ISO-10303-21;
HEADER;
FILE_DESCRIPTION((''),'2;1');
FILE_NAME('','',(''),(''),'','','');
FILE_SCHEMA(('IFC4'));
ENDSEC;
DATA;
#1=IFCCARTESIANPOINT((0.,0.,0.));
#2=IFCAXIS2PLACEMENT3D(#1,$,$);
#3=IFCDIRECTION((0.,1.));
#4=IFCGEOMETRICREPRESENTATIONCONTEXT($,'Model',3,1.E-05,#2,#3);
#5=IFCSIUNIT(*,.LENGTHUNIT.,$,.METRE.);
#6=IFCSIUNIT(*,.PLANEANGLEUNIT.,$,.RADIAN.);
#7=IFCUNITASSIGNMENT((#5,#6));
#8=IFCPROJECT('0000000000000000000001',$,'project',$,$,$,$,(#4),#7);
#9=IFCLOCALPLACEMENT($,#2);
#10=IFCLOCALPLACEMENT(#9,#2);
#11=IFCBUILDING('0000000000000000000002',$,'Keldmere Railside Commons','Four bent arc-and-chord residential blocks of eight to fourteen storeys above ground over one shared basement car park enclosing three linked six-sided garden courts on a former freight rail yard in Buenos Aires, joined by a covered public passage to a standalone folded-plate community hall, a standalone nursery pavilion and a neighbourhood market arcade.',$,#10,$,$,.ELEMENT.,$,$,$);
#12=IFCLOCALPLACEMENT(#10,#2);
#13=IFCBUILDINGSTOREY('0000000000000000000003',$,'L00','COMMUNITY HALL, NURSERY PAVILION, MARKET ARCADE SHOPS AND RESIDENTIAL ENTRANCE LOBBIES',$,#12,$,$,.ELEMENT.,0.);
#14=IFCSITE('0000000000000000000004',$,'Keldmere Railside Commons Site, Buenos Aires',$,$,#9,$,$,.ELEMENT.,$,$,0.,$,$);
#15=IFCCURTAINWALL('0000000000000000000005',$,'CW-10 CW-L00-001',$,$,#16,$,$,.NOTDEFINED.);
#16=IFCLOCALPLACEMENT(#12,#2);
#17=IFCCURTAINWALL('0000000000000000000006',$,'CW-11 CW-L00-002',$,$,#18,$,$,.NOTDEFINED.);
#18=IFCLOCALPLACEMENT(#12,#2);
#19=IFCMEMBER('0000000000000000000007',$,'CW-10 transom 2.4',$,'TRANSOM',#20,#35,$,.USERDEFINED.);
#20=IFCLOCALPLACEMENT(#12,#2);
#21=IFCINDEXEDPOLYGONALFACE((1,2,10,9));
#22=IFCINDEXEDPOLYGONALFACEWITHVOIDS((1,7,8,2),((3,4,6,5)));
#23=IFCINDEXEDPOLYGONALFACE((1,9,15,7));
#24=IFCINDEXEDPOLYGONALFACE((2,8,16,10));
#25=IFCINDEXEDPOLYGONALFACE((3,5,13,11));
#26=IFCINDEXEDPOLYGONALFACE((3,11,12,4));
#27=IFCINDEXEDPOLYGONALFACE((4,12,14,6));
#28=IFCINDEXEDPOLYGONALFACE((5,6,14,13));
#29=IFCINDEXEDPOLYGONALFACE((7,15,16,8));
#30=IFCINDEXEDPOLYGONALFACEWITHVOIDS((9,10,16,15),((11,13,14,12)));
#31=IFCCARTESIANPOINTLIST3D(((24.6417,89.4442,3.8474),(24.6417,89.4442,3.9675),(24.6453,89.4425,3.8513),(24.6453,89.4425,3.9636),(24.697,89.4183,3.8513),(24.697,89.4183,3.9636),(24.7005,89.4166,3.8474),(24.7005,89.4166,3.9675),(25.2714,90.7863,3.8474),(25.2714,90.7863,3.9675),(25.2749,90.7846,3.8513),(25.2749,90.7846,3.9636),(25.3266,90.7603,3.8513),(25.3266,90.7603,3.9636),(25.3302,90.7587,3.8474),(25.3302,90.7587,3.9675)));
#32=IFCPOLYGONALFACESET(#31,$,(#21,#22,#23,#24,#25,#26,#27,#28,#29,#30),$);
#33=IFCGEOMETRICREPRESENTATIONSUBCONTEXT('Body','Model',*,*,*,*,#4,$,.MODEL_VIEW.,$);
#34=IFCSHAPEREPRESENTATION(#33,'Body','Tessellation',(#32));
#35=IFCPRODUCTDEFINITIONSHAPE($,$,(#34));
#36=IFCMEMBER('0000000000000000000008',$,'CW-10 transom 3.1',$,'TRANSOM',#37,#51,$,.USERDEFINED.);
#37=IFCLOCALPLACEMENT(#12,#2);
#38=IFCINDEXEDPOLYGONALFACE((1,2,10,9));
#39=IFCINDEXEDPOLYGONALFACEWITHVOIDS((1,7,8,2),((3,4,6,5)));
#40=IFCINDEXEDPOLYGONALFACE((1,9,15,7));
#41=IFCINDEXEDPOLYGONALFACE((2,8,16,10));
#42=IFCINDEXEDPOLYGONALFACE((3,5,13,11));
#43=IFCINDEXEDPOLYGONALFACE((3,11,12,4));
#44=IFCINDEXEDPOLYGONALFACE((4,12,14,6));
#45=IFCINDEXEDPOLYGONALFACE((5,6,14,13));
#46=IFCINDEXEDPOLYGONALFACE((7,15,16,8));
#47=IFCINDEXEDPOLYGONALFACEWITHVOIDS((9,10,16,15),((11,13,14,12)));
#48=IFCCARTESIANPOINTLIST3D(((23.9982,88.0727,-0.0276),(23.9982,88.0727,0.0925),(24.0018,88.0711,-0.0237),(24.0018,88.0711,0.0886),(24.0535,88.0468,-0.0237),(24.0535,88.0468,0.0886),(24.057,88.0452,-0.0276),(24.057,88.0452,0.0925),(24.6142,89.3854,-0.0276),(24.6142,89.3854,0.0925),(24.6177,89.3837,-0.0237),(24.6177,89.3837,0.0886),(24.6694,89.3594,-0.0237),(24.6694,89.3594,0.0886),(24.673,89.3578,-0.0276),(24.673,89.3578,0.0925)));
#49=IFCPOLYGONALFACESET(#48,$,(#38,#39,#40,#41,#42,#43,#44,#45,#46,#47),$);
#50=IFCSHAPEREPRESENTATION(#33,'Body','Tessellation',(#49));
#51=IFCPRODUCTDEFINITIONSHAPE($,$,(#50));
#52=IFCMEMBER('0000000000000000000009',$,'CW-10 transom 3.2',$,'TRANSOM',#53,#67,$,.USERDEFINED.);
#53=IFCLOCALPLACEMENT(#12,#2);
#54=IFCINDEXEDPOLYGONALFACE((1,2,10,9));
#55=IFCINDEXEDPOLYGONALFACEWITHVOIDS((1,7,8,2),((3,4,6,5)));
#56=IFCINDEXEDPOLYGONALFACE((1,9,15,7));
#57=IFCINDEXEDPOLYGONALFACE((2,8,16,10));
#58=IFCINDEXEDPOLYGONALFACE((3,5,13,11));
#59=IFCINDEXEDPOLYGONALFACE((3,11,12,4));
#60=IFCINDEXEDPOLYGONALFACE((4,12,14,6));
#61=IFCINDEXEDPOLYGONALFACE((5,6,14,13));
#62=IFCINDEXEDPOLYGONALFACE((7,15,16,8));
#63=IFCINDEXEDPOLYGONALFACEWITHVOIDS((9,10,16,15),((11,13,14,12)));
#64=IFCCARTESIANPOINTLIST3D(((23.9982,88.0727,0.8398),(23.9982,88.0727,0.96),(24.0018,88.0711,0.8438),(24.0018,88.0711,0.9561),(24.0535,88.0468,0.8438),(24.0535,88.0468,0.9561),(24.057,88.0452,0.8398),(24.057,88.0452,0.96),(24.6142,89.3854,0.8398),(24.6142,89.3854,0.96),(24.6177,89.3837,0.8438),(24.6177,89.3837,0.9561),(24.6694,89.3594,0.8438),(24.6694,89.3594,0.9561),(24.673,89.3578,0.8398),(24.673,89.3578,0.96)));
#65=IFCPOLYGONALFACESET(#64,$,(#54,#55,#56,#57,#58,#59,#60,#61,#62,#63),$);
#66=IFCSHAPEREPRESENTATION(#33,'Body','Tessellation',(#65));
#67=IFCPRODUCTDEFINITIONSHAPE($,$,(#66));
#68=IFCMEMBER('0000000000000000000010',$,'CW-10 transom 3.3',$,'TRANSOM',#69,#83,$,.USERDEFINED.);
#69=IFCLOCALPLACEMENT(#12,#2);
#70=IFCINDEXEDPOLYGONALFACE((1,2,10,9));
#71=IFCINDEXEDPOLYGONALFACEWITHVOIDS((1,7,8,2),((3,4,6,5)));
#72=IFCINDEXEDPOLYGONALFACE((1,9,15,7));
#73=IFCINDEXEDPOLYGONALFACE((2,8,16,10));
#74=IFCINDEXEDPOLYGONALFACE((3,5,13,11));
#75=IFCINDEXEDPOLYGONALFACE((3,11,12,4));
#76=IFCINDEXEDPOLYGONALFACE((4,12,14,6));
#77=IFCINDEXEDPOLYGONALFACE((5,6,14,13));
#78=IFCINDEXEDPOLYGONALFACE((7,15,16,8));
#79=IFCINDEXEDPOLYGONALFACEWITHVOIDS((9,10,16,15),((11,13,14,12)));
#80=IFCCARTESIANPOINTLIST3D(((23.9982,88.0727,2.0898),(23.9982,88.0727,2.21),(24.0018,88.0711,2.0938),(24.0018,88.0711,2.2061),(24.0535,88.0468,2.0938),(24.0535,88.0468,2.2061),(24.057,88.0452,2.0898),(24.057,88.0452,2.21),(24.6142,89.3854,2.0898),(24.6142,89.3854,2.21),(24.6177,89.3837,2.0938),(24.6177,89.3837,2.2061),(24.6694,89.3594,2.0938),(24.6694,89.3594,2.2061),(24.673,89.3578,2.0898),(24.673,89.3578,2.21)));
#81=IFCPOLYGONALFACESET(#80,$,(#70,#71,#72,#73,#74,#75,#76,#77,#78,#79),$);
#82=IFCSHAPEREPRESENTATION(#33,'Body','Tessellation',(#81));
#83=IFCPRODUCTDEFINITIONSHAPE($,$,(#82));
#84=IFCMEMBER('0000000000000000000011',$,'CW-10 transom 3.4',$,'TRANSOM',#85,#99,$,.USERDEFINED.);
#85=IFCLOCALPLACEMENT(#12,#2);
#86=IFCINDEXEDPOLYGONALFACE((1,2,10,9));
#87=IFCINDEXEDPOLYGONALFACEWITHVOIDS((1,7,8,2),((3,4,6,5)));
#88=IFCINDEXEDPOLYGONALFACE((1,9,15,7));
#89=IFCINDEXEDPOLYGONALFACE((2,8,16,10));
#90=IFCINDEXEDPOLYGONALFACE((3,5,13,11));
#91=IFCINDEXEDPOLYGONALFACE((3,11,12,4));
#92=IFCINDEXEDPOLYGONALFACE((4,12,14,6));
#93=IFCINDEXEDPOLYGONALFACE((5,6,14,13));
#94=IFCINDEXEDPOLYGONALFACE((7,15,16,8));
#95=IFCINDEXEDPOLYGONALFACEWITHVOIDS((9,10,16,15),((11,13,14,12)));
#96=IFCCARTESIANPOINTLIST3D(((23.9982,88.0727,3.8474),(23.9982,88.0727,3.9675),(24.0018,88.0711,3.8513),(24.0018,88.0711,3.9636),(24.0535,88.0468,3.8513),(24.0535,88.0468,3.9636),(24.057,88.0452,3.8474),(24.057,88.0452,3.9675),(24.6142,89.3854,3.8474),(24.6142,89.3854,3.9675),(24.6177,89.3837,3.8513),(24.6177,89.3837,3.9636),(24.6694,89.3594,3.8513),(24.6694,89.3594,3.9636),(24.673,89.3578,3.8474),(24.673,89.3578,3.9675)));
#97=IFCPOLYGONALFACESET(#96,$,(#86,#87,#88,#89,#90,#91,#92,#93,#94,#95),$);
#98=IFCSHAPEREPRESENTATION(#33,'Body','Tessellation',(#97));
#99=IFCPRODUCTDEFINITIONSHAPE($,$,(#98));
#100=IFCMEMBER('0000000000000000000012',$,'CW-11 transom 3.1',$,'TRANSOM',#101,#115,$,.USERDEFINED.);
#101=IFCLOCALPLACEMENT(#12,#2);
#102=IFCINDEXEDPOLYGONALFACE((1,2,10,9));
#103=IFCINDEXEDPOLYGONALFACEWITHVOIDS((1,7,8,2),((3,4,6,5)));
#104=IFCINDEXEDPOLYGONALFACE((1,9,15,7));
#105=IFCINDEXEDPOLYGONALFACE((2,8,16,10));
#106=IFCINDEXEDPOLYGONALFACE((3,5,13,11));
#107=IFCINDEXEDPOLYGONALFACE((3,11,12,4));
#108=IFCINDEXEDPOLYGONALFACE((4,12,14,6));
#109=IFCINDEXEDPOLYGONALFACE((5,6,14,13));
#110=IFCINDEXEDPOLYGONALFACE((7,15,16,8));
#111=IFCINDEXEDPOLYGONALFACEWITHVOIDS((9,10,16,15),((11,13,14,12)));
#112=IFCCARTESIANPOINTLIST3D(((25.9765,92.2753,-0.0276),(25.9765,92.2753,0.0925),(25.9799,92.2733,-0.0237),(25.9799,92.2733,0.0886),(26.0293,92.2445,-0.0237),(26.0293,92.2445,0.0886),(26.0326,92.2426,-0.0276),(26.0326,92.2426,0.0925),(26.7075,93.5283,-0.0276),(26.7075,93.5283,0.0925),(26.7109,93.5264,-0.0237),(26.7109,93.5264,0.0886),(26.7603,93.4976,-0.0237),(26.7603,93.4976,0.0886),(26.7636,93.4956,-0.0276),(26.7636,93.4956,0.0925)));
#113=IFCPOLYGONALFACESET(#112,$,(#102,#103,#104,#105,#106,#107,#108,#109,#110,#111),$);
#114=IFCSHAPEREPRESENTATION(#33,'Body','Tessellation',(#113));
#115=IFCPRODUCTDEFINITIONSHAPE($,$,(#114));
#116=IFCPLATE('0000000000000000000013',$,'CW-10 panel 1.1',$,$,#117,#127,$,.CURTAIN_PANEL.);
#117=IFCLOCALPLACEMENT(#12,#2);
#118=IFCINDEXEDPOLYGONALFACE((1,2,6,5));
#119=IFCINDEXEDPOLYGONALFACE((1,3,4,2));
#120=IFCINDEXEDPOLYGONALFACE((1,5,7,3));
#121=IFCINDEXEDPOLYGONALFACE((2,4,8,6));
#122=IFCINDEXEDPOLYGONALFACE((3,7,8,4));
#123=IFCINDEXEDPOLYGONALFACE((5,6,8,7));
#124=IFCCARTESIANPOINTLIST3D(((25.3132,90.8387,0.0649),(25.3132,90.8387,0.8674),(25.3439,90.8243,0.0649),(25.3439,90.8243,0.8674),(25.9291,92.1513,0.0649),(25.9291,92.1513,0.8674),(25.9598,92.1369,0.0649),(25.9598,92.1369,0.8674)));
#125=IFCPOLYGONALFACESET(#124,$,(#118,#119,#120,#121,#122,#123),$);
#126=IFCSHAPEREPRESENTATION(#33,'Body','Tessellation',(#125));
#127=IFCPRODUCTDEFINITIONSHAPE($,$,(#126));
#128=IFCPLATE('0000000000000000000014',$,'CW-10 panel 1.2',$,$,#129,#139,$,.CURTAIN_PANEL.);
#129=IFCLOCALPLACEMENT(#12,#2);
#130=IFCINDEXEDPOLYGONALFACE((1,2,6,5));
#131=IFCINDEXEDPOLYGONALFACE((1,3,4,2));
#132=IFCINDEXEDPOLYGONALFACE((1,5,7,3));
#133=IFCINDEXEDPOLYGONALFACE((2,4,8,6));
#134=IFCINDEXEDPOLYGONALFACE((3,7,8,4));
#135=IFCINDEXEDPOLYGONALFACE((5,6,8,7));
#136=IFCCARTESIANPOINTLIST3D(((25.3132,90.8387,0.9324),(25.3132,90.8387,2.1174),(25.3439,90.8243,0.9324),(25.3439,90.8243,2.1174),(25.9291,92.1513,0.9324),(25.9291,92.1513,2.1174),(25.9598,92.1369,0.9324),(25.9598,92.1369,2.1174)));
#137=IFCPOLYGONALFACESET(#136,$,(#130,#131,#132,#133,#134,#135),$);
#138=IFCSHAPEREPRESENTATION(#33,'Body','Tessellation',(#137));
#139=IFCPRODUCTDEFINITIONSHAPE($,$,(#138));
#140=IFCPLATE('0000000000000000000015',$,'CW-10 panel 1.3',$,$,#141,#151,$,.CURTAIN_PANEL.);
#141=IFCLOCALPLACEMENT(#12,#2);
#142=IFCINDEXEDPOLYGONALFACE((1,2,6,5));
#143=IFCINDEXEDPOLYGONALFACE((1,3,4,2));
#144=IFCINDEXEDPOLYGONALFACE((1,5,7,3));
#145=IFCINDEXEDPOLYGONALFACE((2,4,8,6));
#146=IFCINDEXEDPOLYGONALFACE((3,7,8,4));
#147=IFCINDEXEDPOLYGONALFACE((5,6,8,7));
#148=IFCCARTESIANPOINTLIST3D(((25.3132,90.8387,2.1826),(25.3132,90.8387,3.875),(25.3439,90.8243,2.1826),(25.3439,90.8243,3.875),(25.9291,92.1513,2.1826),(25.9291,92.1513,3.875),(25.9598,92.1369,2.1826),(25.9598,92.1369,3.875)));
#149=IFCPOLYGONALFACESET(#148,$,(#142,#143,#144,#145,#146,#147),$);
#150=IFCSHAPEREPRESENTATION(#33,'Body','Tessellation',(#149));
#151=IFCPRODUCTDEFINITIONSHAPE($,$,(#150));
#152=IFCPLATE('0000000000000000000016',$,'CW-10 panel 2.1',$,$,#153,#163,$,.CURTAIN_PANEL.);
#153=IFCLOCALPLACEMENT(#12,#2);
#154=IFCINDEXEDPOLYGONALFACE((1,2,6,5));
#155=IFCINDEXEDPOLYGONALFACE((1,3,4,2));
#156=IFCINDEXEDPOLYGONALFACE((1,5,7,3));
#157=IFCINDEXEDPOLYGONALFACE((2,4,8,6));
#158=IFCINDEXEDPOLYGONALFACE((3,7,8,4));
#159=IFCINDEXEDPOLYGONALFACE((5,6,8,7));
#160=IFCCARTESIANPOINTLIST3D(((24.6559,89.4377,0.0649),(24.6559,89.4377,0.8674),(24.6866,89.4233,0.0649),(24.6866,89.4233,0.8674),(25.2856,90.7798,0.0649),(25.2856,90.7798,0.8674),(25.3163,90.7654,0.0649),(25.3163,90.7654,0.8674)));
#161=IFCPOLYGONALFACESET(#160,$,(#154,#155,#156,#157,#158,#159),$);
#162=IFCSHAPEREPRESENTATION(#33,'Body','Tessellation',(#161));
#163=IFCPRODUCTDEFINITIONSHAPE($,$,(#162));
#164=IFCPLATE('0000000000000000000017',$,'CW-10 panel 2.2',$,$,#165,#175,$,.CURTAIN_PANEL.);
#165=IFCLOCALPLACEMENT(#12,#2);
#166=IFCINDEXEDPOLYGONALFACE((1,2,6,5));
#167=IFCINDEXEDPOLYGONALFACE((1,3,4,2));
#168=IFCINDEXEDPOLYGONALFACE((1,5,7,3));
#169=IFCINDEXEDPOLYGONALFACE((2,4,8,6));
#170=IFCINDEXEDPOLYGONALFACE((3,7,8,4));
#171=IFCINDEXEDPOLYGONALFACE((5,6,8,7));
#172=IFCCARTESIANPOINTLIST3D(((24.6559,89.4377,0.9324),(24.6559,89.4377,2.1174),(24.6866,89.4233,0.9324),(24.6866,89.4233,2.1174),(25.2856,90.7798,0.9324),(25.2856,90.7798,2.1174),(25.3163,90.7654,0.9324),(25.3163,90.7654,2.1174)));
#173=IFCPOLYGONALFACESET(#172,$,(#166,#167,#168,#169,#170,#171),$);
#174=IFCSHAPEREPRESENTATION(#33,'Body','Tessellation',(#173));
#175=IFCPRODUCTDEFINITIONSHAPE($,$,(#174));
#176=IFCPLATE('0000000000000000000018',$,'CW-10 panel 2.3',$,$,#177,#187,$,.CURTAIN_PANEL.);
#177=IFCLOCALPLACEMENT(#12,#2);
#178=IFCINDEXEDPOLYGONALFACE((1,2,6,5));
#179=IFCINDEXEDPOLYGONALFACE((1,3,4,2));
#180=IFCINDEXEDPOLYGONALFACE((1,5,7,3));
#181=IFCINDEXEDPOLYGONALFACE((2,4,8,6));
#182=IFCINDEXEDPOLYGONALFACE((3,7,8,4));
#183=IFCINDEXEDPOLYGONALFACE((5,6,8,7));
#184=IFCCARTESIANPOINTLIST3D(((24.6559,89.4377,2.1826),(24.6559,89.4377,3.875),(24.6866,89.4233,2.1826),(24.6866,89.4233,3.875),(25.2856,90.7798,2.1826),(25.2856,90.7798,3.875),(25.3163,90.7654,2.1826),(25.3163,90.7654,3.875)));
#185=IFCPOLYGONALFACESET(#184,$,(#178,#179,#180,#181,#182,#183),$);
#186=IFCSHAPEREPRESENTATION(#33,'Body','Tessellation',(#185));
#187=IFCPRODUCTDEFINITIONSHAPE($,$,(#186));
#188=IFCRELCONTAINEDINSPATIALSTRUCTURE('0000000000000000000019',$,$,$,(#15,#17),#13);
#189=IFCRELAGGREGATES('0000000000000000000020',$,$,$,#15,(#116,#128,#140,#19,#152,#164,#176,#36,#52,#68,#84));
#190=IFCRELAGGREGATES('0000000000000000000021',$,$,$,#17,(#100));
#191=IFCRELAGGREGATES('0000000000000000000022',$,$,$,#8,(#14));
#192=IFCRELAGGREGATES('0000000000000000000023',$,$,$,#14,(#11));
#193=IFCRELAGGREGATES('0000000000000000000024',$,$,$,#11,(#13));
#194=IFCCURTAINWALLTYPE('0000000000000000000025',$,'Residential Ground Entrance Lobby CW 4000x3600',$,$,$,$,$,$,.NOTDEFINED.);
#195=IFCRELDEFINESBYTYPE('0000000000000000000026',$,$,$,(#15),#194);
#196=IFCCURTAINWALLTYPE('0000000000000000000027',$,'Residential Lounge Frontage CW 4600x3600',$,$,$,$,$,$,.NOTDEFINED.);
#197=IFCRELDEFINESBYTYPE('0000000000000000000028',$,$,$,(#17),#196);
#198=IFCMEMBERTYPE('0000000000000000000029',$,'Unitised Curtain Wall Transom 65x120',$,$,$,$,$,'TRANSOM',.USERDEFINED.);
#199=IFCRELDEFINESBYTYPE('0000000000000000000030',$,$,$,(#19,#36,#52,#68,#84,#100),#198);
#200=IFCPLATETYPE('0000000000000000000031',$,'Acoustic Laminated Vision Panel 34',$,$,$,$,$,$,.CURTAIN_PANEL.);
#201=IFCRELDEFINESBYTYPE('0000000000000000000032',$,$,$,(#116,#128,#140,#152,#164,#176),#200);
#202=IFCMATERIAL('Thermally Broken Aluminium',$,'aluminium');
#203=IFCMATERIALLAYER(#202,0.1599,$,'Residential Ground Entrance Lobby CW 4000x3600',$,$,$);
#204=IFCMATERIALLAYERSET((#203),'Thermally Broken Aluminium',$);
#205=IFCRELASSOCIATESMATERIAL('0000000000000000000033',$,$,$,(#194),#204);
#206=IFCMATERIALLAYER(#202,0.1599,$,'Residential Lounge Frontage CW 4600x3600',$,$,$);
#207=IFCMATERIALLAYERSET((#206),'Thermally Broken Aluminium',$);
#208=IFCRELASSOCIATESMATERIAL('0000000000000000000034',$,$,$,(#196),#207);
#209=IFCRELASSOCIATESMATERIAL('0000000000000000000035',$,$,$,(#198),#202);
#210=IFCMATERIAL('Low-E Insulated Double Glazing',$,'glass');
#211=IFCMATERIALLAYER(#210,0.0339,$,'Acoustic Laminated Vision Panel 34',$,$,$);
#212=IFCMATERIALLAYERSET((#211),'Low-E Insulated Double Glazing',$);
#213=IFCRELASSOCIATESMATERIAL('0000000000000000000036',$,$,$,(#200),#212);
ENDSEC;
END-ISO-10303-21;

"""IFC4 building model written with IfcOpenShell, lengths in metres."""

from ifc_helpers import new_model, si_unit, direction, frame, origin, origin_2d, place, context, subcontext, project, spatial, rectangle, hollow_rectangle, extrude, material, layer, layer_set, material_profile, profile_set, type_object, element, aggregate, save


model = new_model("IFC4")

# Units and contexts
model_context = context("Model", 3, precision=1e-05, world=origin(), true_north=direction((0.0, 1.0)))
body_context = subcontext(model_context, "Body", "Model", "MODEL_VIEW")
ifc_project = project(units=[si_unit("LENGTHUNIT", "METRE"), si_unit("PLANEANGLEUNIT", "RADIAN")], contexts=[model_context])

# Site, building, storey
site_placement = place(None, origin())
site = spatial("IfcSite", under=ifc_project, at=site_placement, Name="Keldmere Railside Commons Site, Buenos Aires", CompositionType="ELEMENT", RefElevation=0.0)
building_placement = place(site_placement, origin())
building = spatial("IfcBuilding", under=site, at=building_placement, Name="Keldmere Railside Commons", Description="Four bent arc-and-chord residential blocks of eight to fourteen storeys above ground over one shared basement car park enclosing three linked six-sided garden courts on a former freight rail yard in Buenos Aires, joined by a covered public passage to a standalone folded-plate community hall, a standalone nursery pavilion and a neighbourhood market arcade.", CompositionType="ELEMENT")
storey_placement = place(building_placement, origin())
storey = spatial("IfcBuildingStorey", under=building, at=storey_placement, Name="L00", Description="COMMUNITY HALL, NURSERY PAVILION, MARKET ARCADE SHOPS AND RESIDENTIAL ENTRANCE LOBBIES", CompositionType="ELEMENT", Elevation=0.0)

# Curtain wall
ifc_material_1 = material(Name="Thermally Broken Aluminium", Category="aluminium")
ifc_layer_1 = layer(ifc_material_1, 0.1599, Name="Residential Ground Entrance Lobby CW 4000x3600")
ifc_layer_set_1 = layer_set([ifc_layer_1], Name="Thermally Broken Aluminium")
curtain_wall_type_1 = type_object("IfcCurtainWallType", Name="Residential Ground Entrance Lobby CW 4000x3600", PredefinedType="NOTDEFINED", material=ifc_layer_set_1)
curtain_wall_1_placement = place(storey_placement, origin())
curtain_wall_1 = element("IfcCurtainWall", 1, at=curtain_wall_1_placement, inside=storey, type_object=curtain_wall_type_1, Name="CW-10 CW-L00-001", PredefinedType="NOTDEFINED")

# Curtain wall
ifc_layer_2 = layer(ifc_material_1, 0.1599, Name="Residential Lounge Frontage CW 4600x3600")
ifc_layer_set_2 = layer_set([ifc_layer_2], Name="Thermally Broken Aluminium")
curtain_wall_type_2 = type_object("IfcCurtainWallType", Name="Residential Lounge Frontage CW 4600x3600", PredefinedType="NOTDEFINED", material=ifc_layer_set_2)
curtain_wall_2_placement = place(storey_placement, origin())
curtain_wall_2 = element("IfcCurtainWall", 2, at=curtain_wall_2_placement, inside=storey, type_object=curtain_wall_type_2, Name="CW-11 CW-L00-002", PredefinedType="NOTDEFINED")

# Members
ifc_material_profile_1 = material_profile(ifc_material_1, hollow_rectangle(XDim=0.0649, YDim=0.1201, WallThickness=0.0039, at=origin_2d()), Name="ALU-TRAN-65x120")
ifc_profile_set_1 = profile_set([ifc_material_profile_1], Name="Thermally Broken Aluminium")
member_type_1 = type_object("IfcMemberType", Name="Unitised Curtain Wall Transom 65x120", ElementType="TRANSOM", PredefinedType="USERDEFINED", material=ifc_profile_set_1)
member_1_placement = place(storey_placement, frame((25.3008, 90.7725, 3.9075), z_axis=(-0.424742, -0.905314, 0.0), x_axis=(0.905314, -0.424742, 0.0)))
member_1 = element("IfcMember", 3, at=member_1_placement, type_object=member_type_1, Name="CW-10 transom 2.4", ObjectType="TRANSOM", PredefinedType="USERDEFINED", context=body_context, shape_type="SweptSolid", body=[
    extrude(hollow_rectangle(XDim=0.0649, YDim=0.1201, WallThickness=0.0039, at=origin_2d()), origin(), (0.0, 0.0, 1.0), 1.4824),
])
member_2_placement = place(storey_placement, frame((24.6436, 89.3716, 0.0325), z_axis=(-0.424783, -0.905295, 0.0), x_axis=(0.905295, -0.424783, 0.0)))
member_2 = element("IfcMember", 4, at=member_2_placement, type_object=member_type_1, Name="CW-10 transom 3.1", ObjectType="TRANSOM", PredefinedType="USERDEFINED", context=body_context, shape_type="SweptSolid", body=[
    extrude(hollow_rectangle(XDim=0.0649, YDim=0.1201, WallThickness=0.0039, at=origin_2d()), origin(), (0.0, 0.0, 1.0), 1.45),
])
member_3_placement = place(storey_placement, frame((24.6436, 89.3716, 0.8999), z_axis=(-0.424783, -0.905295, 0.0), x_axis=(0.905295, -0.424783, 0.0)))
member_3 = element("IfcMember", 5, at=member_3_placement, type_object=member_type_1, Name="CW-10 transom 3.2", ObjectType="TRANSOM", PredefinedType="USERDEFINED", context=body_context, shape_type="SweptSolid", body=[
    extrude(hollow_rectangle(XDim=0.0649, YDim=0.1201, WallThickness=0.0039, at=origin_2d()), origin(), (0.0, 0.0, 1.0), 1.45),
])
member_4_placement = place(storey_placement, frame((24.6436, 89.3716, 2.1499), z_axis=(-0.424783, -0.905295, 0.0), x_axis=(0.905295, -0.424783, 0.0)))
member_4 = element("IfcMember", 6, at=member_4_placement, type_object=member_type_1, Name="CW-10 transom 3.3", ObjectType="TRANSOM", PredefinedType="USERDEFINED", context=body_context, shape_type="SweptSolid", body=[
    extrude(hollow_rectangle(XDim=0.0649, YDim=0.1201, WallThickness=0.0039, at=origin_2d()), origin(), (0.0, 0.0, 1.0), 1.45),
])
member_5_placement = place(storey_placement, frame((24.6436, 89.3716, 3.9075), z_axis=(-0.424783, -0.905295, 0.0), x_axis=(0.905295, -0.424783, 0.0)))
member_5 = element("IfcMember", 7, at=member_5_placement, type_object=member_type_1, Name="CW-10 transom 3.4", ObjectType="TRANSOM", PredefinedType="USERDEFINED", context=body_context, shape_type="SweptSolid", body=[
    extrude(hollow_rectangle(XDim=0.0649, YDim=0.1201, WallThickness=0.0039, at=origin_2d()), origin(), (0.0, 0.0, 1.0), 1.45),
])
member_6_placement = place(storey_placement, frame((26.7356, 93.512, 0.0325), z_axis=(-0.503913, -0.863754, 0.0), x_axis=(0.863754, -0.503913, 0.0)))
member_6 = element("IfcMember", 8, at=member_6_placement, type_object=member_type_1, Name="CW-11 transom 3.1", ObjectType="TRANSOM", PredefinedType="USERDEFINED", context=body_context, shape_type="SweptSolid", body=[
    extrude(hollow_rectangle(XDim=0.0649, YDim=0.1201, WallThickness=0.0039, at=origin_2d()), origin(), (0.0, 0.0, 1.0), 1.4507),
])

# Plates
ifc_material_2 = material(Name="Low-E Insulated Double Glazing", Category="glass")
ifc_layer_3 = layer(ifc_material_2, 0.0339, Name="Acoustic Laminated Vision Panel 34")
ifc_layer_set_3 = layer_set([ifc_layer_3], Name="Low-E Insulated Double Glazing")
plate_type_1 = type_object("IfcPlateType", Name="Acoustic Laminated Vision Panel 34", PredefinedType="CURTAIN_PANEL", material=ifc_layer_set_3)
plate_1_placement = place(storey_placement, frame((25.6365, 91.4878, 0.0649), z_axis=(0.0, 0.0, 1.0), x_axis=(-0.424759, -0.905306, 0.0)))
plate_1 = element("IfcPlate", 9, at=plate_1_placement, type_object=plate_type_1, Name="CW-10 panel 1.1", PredefinedType="CURTAIN_PANEL", context=body_context, shape_type="SweptSolid", body=[
    extrude(rectangle(XDim=1.45, YDim=0.0339, at=origin_2d()), origin(), (0.0, 0.0, 1.0), 0.8025),
])
plate_2_placement = place(storey_placement, frame((25.6365, 91.4878, 0.9324), z_axis=(0.0, 0.0, 1.0), x_axis=(-0.424759, -0.905306, 0.0)))
plate_2 = element("IfcPlate", 10, at=plate_2_placement, type_object=plate_type_1, Name="CW-10 panel 1.2", PredefinedType="CURTAIN_PANEL", context=body_context, shape_type="SweptSolid", body=[
    extrude(rectangle(XDim=1.45, YDim=0.0339, at=origin_2d()), origin(), (0.0, 0.0, 1.0), 1.1851),
])
plate_3_placement = place(storey_placement, frame((25.6365, 91.4878, 2.1826), z_axis=(0.0, 0.0, 1.0), x_axis=(-0.424759, -0.905306, 0.0)))
plate_3 = element("IfcPlate", 11, at=plate_3_placement, type_object=plate_type_1, Name="CW-10 panel 1.3", PredefinedType="CURTAIN_PANEL", context=body_context, shape_type="SweptSolid", body=[
    extrude(rectangle(XDim=1.45, YDim=0.0339, at=origin_2d()), origin(), (0.0, 0.0, 1.0), 1.6924),
])
plate_4_placement = place(storey_placement, frame((24.9861, 90.1016, 0.0649), z_axis=(0.0, 0.0, 1.0), x_axis=(-0.424759, -0.905306, 0.0)))
plate_4 = element("IfcPlate", 12, at=plate_4_placement, type_object=plate_type_1, Name="CW-10 panel 2.1", PredefinedType="CURTAIN_PANEL", context=body_context, shape_type="SweptSolid", body=[
    extrude(rectangle(XDim=1.4824, YDim=0.0339, at=origin_2d()), origin(), (0.0, 0.0, 1.0), 0.8025),
])
plate_5_placement = place(storey_placement, frame((24.9861, 90.1016, 0.9324), z_axis=(0.0, 0.0, 1.0), x_axis=(-0.424759, -0.905306, 0.0)))
plate_5 = element("IfcPlate", 13, at=plate_5_placement, type_object=plate_type_1, Name="CW-10 panel 2.2", PredefinedType="CURTAIN_PANEL", context=body_context, shape_type="SweptSolid", body=[
    extrude(rectangle(XDim=1.4824, YDim=0.0339, at=origin_2d()), origin(), (0.0, 0.0, 1.0), 1.1851),
])
plate_6_placement = place(storey_placement, frame((24.9861, 90.1016, 2.1826), z_axis=(0.0, 0.0, 1.0), x_axis=(-0.424759, -0.905306, 0.0)))
plate_6 = element("IfcPlate", 14, at=plate_6_placement, type_object=plate_type_1, Name="CW-10 panel 2.3", PredefinedType="CURTAIN_PANEL", context=body_context, shape_type="SweptSolid", body=[
    extrude(rectangle(XDim=1.4824, YDim=0.0339, at=origin_2d()), origin(), (0.0, 0.0, 1.0), 1.6924),
])
aggregate(curtain_wall_1, [plate_1, plate_2, plate_3, member_1, plate_4, plate_5, plate_6, member_2, member_3, member_4, member_5])
aggregate(curtain_wall_2, [member_6])

save(model, "model.ifc")
